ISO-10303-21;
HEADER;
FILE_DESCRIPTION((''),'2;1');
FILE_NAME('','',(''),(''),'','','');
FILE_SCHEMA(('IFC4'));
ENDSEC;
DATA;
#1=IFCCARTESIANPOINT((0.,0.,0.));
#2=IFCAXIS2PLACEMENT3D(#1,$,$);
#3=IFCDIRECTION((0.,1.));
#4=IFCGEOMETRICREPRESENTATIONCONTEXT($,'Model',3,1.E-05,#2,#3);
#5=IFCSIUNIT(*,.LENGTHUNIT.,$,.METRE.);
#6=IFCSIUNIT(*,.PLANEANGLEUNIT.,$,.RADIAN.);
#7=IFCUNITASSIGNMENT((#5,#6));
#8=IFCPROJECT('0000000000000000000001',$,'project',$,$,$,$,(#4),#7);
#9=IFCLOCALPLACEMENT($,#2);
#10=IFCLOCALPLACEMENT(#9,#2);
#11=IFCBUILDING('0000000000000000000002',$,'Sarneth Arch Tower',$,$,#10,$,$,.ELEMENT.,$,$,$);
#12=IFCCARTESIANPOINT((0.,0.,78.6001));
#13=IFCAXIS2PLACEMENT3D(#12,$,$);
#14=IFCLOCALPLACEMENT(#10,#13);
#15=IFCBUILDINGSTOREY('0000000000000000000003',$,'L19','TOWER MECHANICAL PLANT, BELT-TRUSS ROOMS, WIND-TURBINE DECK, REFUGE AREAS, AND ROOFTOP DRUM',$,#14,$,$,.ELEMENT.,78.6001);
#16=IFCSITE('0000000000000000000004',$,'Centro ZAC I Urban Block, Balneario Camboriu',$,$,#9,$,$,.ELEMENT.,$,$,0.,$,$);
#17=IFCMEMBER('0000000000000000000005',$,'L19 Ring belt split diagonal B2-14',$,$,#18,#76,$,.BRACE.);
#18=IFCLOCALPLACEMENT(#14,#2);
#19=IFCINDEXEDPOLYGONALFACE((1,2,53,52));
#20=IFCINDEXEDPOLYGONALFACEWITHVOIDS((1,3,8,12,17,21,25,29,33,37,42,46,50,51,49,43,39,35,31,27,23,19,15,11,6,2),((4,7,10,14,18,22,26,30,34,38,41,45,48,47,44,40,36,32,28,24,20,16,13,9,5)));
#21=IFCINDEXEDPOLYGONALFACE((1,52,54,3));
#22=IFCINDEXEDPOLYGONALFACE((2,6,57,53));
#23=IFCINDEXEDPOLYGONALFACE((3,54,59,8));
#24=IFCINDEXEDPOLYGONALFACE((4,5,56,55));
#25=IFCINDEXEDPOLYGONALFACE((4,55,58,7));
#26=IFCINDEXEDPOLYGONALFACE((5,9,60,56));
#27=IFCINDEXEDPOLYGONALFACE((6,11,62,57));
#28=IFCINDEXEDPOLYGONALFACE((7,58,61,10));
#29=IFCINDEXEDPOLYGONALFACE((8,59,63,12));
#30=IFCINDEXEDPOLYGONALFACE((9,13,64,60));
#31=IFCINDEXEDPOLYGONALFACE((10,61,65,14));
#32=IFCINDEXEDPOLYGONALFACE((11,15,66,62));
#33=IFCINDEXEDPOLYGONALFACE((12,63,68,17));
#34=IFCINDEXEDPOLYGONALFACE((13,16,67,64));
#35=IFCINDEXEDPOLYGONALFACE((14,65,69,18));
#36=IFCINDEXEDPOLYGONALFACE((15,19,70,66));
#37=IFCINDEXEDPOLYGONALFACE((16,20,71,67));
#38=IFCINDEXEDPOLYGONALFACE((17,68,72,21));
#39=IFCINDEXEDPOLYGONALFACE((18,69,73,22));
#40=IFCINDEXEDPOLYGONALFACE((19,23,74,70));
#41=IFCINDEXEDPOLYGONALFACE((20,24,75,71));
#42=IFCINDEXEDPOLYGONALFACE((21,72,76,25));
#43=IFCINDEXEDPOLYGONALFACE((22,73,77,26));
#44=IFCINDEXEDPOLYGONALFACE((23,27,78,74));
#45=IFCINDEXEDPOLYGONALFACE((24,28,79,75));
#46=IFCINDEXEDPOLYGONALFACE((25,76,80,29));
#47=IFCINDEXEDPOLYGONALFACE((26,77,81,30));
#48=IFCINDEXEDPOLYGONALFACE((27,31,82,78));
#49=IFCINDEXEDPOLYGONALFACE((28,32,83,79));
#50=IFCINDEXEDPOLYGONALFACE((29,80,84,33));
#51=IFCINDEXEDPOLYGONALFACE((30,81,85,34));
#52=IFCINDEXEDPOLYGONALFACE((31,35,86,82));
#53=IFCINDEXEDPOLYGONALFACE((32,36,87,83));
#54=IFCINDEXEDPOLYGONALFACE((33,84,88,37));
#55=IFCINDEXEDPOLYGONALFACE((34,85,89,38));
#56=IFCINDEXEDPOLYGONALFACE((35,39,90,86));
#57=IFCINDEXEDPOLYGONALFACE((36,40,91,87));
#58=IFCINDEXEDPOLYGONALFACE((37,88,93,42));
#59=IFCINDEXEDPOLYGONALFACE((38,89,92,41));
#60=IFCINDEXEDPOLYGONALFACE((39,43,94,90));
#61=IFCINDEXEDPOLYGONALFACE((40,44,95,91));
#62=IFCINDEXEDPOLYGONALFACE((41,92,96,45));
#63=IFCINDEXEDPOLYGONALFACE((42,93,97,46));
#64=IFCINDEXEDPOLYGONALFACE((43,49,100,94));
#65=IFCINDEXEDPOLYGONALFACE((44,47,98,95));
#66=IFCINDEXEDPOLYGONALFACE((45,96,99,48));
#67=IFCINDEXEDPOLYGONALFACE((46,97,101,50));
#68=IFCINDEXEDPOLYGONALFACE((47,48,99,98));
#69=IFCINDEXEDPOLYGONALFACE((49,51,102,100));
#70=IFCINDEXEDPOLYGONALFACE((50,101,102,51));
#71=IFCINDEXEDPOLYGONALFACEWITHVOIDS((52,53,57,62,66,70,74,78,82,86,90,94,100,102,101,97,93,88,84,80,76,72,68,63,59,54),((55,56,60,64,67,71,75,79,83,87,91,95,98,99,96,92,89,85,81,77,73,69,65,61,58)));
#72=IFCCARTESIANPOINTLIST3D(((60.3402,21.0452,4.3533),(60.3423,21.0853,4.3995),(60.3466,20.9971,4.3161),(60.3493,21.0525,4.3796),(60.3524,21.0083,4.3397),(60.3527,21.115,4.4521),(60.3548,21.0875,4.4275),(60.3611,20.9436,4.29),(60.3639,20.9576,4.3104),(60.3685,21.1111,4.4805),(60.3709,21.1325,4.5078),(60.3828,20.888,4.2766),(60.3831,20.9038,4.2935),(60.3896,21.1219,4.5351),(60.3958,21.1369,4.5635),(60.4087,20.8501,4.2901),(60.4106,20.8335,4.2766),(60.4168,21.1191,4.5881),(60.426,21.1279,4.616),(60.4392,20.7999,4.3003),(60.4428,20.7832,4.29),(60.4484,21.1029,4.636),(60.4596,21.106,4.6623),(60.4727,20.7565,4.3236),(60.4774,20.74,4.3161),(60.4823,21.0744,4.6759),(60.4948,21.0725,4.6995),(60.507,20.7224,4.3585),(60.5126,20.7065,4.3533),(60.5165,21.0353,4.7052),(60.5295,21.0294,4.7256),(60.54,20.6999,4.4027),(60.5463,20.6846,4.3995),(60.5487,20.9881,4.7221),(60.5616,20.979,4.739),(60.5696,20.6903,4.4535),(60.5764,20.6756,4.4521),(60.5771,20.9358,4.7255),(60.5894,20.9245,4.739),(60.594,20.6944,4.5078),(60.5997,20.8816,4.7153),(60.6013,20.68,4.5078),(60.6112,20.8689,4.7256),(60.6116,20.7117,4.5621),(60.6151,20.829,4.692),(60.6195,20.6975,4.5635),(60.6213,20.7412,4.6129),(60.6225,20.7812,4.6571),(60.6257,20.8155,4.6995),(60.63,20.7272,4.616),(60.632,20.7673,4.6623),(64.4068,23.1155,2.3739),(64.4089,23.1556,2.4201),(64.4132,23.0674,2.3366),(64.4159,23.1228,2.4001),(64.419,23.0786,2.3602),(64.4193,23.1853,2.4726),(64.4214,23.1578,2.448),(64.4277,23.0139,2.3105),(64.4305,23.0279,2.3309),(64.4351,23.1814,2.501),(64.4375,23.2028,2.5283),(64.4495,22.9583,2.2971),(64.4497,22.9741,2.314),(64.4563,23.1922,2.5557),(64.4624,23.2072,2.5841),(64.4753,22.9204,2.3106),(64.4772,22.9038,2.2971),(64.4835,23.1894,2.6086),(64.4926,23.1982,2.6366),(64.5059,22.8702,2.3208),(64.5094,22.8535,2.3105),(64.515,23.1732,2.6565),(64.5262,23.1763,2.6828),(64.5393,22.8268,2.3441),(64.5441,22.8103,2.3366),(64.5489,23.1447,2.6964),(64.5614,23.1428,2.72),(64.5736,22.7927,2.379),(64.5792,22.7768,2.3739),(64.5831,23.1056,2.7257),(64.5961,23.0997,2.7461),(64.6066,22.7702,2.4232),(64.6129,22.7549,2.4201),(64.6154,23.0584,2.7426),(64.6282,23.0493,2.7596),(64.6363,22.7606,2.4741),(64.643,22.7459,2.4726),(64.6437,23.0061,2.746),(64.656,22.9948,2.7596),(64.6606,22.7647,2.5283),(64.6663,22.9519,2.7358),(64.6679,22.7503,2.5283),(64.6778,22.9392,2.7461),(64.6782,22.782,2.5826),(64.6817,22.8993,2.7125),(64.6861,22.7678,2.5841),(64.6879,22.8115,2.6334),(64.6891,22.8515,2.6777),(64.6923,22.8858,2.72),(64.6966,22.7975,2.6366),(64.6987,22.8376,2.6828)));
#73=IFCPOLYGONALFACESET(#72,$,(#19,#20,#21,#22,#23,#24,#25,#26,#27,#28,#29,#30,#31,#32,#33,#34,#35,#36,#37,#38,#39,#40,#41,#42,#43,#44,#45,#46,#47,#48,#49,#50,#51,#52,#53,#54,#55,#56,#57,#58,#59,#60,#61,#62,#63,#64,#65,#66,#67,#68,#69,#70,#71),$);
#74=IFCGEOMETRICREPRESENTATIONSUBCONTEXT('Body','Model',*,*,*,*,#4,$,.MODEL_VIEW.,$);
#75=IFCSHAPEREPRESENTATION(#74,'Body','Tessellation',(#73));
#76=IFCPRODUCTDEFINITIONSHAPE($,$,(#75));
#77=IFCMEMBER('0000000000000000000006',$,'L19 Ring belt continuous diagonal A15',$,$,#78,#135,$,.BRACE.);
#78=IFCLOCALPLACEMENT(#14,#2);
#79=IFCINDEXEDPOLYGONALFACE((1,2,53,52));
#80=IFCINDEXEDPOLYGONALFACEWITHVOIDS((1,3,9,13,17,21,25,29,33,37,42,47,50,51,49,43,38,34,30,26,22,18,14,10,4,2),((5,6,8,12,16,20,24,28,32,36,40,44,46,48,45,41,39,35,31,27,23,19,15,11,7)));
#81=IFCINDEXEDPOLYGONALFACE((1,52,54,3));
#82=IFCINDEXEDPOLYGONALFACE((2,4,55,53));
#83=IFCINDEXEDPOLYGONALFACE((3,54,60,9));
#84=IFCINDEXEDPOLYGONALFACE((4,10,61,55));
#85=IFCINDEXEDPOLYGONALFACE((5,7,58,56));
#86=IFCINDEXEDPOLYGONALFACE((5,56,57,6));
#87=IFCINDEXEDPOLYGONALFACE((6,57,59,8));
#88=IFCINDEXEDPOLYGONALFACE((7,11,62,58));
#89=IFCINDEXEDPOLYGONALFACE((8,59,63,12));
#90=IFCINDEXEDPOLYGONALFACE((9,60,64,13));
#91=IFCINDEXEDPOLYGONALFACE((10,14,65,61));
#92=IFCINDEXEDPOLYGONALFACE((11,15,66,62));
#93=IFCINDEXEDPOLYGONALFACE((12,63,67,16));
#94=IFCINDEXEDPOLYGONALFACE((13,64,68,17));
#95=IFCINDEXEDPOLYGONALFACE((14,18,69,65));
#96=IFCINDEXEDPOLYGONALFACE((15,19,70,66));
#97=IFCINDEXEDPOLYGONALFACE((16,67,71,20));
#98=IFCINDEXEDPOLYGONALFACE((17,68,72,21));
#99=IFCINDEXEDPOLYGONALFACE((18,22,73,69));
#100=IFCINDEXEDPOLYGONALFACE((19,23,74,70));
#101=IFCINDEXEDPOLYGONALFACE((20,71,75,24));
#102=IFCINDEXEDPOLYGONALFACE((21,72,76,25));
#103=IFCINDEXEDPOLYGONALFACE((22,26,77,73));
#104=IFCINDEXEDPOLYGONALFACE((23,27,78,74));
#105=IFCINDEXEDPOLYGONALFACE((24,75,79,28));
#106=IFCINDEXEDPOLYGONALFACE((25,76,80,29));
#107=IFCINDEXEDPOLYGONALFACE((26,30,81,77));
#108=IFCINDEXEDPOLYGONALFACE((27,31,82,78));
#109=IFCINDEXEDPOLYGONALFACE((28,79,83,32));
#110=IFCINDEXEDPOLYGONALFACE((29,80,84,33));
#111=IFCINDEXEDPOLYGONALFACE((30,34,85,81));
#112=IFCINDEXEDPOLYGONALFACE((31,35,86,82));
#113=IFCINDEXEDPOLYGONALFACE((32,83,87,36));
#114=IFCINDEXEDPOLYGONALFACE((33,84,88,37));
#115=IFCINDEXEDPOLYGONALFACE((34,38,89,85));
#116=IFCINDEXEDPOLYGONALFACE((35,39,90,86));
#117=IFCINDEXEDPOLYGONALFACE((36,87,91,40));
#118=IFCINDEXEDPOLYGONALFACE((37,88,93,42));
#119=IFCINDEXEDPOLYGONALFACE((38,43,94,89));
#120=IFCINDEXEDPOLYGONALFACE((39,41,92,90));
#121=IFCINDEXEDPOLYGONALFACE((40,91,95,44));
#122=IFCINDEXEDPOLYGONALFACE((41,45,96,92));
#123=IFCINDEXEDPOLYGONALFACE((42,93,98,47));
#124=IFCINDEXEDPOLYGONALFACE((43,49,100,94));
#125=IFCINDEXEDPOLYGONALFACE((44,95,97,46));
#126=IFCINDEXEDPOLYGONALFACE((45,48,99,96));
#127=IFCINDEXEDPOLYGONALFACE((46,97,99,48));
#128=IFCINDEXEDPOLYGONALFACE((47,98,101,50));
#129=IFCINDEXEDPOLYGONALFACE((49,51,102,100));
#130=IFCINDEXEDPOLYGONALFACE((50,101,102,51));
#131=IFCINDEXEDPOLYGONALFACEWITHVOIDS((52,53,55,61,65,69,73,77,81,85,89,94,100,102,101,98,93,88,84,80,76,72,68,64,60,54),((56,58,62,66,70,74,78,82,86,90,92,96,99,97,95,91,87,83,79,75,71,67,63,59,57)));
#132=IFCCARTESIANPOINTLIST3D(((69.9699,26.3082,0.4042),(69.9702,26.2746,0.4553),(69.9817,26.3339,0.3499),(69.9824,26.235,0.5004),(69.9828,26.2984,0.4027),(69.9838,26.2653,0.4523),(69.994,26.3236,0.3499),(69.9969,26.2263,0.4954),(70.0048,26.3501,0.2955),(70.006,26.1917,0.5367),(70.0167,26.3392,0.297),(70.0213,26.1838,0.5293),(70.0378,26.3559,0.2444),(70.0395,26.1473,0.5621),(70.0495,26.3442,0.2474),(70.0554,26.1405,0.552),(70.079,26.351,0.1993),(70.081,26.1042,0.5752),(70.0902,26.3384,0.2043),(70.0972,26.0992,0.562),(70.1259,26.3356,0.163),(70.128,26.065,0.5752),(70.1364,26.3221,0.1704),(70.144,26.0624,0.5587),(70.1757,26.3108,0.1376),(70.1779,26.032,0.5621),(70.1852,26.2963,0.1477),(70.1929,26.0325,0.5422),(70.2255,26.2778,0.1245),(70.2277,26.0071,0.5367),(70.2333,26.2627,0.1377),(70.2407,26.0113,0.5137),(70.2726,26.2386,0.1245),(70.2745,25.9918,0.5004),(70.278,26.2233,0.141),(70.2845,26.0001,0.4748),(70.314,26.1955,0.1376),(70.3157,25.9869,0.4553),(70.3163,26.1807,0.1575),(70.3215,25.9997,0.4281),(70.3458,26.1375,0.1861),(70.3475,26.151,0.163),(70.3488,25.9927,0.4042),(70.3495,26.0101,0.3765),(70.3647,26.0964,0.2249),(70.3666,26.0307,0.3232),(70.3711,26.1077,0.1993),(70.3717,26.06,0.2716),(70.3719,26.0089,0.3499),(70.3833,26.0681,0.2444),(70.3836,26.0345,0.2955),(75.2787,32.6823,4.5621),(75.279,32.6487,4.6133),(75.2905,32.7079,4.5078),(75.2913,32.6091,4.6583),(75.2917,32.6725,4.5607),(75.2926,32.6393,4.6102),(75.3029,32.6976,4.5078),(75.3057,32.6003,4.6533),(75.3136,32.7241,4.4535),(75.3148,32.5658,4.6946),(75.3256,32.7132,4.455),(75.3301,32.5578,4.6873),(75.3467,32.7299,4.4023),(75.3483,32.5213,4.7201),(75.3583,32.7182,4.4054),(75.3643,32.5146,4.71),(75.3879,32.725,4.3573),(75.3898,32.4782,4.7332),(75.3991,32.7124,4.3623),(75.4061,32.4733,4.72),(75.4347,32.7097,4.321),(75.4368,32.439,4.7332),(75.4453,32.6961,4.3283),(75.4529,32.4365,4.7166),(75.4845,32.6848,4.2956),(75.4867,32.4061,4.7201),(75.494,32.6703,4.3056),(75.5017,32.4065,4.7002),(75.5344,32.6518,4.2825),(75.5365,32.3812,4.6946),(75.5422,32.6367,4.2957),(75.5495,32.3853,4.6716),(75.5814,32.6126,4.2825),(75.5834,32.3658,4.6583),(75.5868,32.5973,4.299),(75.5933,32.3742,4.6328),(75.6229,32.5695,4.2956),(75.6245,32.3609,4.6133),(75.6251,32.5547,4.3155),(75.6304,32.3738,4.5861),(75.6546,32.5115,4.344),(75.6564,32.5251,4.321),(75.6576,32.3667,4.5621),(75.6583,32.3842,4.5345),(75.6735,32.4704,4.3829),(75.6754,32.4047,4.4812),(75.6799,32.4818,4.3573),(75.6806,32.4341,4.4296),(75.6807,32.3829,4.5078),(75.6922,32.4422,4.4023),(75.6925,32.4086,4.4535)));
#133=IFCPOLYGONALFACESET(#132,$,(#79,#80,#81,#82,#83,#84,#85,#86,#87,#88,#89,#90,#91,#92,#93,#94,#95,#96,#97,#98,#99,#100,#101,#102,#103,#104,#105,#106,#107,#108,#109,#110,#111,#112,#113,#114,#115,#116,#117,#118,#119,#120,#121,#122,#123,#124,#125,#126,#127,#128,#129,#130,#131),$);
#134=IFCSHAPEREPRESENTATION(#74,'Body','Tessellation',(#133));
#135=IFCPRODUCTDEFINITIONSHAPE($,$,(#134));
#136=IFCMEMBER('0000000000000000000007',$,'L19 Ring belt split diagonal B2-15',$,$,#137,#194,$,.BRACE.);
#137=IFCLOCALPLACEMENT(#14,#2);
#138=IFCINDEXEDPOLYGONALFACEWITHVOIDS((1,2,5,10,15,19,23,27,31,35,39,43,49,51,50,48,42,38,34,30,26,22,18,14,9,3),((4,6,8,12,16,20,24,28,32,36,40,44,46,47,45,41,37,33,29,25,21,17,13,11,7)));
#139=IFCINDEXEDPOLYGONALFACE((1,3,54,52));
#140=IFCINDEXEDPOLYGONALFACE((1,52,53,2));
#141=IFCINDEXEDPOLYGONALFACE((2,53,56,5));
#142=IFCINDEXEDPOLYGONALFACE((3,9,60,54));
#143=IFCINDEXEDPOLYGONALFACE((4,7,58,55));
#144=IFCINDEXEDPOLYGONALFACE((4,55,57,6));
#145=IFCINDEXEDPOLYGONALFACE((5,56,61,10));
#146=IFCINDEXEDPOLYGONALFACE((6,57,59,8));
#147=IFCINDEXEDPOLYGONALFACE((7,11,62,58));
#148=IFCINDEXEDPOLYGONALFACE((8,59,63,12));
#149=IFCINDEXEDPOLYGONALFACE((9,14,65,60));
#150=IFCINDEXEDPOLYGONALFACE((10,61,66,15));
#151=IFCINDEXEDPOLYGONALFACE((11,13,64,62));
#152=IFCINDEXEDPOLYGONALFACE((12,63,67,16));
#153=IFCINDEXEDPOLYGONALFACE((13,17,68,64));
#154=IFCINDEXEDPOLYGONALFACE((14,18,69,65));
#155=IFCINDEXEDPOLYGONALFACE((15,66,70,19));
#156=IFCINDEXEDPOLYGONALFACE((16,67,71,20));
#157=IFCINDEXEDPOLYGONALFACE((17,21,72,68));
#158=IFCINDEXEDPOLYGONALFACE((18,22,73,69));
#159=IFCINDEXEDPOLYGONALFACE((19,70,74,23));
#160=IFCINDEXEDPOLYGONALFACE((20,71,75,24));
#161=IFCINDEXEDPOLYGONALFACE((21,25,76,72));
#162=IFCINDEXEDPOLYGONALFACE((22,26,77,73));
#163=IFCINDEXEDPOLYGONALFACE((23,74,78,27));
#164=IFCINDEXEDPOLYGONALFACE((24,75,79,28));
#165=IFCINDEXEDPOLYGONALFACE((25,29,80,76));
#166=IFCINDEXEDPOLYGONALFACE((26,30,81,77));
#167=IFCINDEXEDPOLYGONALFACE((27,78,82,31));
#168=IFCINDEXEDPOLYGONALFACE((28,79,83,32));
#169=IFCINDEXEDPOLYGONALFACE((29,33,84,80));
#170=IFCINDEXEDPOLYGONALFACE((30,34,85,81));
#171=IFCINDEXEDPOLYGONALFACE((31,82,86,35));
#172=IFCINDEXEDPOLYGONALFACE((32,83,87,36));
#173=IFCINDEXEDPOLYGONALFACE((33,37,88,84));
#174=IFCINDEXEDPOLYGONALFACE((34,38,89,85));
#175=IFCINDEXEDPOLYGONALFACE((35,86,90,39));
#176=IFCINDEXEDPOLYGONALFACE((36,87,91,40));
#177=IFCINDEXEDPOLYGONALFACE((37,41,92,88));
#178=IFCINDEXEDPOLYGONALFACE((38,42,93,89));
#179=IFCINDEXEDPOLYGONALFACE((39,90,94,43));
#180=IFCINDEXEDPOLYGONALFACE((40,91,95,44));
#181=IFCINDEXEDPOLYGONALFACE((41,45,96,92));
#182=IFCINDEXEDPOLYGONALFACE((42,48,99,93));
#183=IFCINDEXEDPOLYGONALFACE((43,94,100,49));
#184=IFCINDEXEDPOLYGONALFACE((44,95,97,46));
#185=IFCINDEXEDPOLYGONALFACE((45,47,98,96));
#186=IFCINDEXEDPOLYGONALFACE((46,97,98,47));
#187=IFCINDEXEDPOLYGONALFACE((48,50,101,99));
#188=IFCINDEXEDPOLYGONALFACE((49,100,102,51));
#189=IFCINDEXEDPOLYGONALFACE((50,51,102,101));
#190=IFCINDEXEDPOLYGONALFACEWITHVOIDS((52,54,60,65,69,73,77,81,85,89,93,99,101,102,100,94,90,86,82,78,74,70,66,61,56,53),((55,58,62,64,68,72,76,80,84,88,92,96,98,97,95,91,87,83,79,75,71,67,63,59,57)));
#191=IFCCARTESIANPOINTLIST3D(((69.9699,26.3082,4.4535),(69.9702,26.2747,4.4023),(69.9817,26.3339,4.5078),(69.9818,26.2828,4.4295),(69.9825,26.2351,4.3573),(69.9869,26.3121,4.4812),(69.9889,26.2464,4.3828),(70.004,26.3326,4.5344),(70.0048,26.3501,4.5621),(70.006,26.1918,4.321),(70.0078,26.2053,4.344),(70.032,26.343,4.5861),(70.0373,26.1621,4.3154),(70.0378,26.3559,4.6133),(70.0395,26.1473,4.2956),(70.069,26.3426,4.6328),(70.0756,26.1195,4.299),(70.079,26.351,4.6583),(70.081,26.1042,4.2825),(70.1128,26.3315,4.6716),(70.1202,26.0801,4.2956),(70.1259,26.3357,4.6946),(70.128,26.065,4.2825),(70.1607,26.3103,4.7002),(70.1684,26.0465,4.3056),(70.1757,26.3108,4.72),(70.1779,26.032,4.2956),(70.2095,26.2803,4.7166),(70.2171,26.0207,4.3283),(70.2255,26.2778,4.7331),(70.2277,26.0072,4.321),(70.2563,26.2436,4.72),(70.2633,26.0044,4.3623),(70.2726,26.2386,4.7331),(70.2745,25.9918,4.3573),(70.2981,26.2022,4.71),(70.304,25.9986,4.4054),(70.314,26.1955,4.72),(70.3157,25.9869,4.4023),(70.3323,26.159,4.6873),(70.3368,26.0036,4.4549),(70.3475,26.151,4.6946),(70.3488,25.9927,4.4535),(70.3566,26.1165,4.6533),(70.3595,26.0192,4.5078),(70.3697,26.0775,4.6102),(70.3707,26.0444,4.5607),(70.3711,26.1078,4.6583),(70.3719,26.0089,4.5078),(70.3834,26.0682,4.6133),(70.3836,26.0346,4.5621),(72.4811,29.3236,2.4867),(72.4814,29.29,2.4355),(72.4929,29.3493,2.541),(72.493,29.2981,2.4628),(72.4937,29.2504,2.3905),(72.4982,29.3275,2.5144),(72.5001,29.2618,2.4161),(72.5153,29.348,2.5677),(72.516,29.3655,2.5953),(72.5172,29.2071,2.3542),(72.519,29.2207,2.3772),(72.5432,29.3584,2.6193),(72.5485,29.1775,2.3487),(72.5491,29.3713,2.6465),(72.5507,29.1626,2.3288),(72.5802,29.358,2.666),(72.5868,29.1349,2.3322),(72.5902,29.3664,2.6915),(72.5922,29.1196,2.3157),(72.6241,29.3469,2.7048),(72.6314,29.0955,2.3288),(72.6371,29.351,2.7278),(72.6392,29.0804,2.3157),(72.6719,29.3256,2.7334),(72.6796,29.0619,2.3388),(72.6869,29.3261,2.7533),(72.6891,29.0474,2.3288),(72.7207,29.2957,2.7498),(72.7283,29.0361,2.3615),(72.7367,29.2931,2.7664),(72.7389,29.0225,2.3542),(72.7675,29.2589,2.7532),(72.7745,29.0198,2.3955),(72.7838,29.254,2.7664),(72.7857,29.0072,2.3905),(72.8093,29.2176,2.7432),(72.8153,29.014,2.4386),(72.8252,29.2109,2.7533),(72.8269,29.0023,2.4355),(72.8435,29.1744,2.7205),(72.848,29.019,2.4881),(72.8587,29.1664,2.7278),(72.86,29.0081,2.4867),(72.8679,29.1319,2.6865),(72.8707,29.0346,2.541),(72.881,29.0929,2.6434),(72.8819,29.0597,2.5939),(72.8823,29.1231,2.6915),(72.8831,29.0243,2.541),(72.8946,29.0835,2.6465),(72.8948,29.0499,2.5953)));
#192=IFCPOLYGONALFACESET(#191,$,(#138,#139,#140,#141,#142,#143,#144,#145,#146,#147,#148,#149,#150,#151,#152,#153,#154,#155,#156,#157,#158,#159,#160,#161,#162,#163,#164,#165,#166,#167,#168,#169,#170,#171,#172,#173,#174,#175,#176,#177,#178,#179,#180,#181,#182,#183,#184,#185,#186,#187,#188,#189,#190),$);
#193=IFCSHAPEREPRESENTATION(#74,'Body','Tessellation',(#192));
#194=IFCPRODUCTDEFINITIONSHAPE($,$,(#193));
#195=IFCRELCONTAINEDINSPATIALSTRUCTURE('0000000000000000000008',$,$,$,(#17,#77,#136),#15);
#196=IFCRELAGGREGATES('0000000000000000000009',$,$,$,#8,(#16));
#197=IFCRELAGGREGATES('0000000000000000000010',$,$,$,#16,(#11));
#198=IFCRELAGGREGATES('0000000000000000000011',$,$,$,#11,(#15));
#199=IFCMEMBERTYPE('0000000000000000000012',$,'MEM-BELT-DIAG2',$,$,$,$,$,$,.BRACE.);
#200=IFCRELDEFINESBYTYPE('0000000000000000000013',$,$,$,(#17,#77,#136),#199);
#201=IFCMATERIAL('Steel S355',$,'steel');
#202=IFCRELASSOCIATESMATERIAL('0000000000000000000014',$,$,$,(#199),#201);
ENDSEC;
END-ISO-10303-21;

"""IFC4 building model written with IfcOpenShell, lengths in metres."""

from ifc_helpers import new_model, si_unit, direction, frame, origin, origin_2d, place, context, subcontext, project, spatial, hollow_circle, extrude, material, material_profile, profile_set, type_object, element, save


model = new_model("IFC4")

# Units and contexts
model_context = context("Model", 3, precision=1e-05, world=origin(), true_north=direction((0.0, 1.0)))
body_context = subcontext(model_context, "Body", "Model", "MODEL_VIEW")
ifc_project = project(units=[si_unit("LENGTHUNIT", "METRE"), si_unit("PLANEANGLEUNIT", "RADIAN")], contexts=[model_context])

# Site, building, storey
site_placement = place(None, origin())
site = spatial("IfcSite", under=ifc_project, at=site_placement, Name="Centro ZAC I Urban Block, Balneario Camboriu", CompositionType="ELEMENT", RefElevation=0.0)
building_placement = place(site_placement, origin())
building = spatial("IfcBuilding", under=site, at=building_placement, Name="Sarneth Arch Tower", CompositionType="ELEMENT")
storey_placement = place(building_placement, frame((0.0, 0.0, 78.6001)))
storey = spatial("IfcBuildingStorey", under=building, at=storey_placement, Name="L19", Description="TOWER MECHANICAL PLANT, BELT-TRUSS ROOMS, WIND-TURBINE DECK, REFUGE AREAS, AND ROOFTOP DRUM", CompositionType="ELEMENT", Elevation=78.6001)

# Members
ifc_material_1 = material(Name="Steel S355", Category="steel")
ifc_material_profile_1 = material_profile(ifc_material_1, hollow_circle(Radius=0.2539, WallThickness=0.0161, at=origin_2d()), Name="CHS508x16")
ifc_profile_set_1 = profile_set([ifc_material_profile_1], Name="Steel S355")
member_type_1 = type_object("IfcMemberType", Name="MEM-BELT-DIAG2", PredefinedType="BRACE", material=ifc_profile_set_1)
for number, where, z_axis, x_axis, name in (
    (1, (64.5527, 22.9766, 2.5283), (-0.817556, -0.416214, 0.397955), (0.453686, -0.891162, 0.0), "L19 Ring belt split diagonal B2-14"),
):
    element("IfcMember", number, at=place(storey_placement, frame(where, z_axis=z_axis, x_axis=x_axis)), inside=storey, type_object=member_type_1, Name=name, PredefinedType="BRACE", context=body_context, shape_type="SweptSolid", body=[
        extrude(hollow_circle(Radius=0.2539, WallThickness=0.0161, at=origin_2d()), origin(), (0.0, 0.0, 1.0), 4.9741),
    ])
member_1_placement = place(storey_placement, frame((70.1768, 26.1714, 0.3499), z_axis=(0.572132, 0.686927, 0.448102), x_axis=(-0.76839, 0.639982, 0.0)))
element("IfcMember", 2, at=member_1_placement, inside=storey, type_object=member_type_1, Name="L19 Ring belt continuous diagonal A15", PredefinedType="BRACE", context=body_context, shape_type="SweptSolid", body=[
    extrude(hollow_circle(Radius=0.2539, WallThickness=0.0161, at=origin_2d()), origin(), (0.0, 0.0, 1.0), 9.2791),
])
member_2_placement = place(storey_placement, frame((72.688, 29.1868, 2.541), z_axis=(-0.572109, -0.686964, 0.448076), x_axis=(0.76842, -0.639946, 0.0)))
element("IfcMember", 3, at=member_2_placement, inside=storey, type_object=member_type_1, Name="L19 Ring belt split diagonal B2-15", PredefinedType="BRACE", context=body_context, shape_type="SweptSolid", body=[
    extrude(hollow_circle(Radius=0.2539, WallThickness=0.0161, at=origin_2d()), origin(), (0.0, 0.0, 1.0), 4.3894),
])

save(model, "model.ifc")
